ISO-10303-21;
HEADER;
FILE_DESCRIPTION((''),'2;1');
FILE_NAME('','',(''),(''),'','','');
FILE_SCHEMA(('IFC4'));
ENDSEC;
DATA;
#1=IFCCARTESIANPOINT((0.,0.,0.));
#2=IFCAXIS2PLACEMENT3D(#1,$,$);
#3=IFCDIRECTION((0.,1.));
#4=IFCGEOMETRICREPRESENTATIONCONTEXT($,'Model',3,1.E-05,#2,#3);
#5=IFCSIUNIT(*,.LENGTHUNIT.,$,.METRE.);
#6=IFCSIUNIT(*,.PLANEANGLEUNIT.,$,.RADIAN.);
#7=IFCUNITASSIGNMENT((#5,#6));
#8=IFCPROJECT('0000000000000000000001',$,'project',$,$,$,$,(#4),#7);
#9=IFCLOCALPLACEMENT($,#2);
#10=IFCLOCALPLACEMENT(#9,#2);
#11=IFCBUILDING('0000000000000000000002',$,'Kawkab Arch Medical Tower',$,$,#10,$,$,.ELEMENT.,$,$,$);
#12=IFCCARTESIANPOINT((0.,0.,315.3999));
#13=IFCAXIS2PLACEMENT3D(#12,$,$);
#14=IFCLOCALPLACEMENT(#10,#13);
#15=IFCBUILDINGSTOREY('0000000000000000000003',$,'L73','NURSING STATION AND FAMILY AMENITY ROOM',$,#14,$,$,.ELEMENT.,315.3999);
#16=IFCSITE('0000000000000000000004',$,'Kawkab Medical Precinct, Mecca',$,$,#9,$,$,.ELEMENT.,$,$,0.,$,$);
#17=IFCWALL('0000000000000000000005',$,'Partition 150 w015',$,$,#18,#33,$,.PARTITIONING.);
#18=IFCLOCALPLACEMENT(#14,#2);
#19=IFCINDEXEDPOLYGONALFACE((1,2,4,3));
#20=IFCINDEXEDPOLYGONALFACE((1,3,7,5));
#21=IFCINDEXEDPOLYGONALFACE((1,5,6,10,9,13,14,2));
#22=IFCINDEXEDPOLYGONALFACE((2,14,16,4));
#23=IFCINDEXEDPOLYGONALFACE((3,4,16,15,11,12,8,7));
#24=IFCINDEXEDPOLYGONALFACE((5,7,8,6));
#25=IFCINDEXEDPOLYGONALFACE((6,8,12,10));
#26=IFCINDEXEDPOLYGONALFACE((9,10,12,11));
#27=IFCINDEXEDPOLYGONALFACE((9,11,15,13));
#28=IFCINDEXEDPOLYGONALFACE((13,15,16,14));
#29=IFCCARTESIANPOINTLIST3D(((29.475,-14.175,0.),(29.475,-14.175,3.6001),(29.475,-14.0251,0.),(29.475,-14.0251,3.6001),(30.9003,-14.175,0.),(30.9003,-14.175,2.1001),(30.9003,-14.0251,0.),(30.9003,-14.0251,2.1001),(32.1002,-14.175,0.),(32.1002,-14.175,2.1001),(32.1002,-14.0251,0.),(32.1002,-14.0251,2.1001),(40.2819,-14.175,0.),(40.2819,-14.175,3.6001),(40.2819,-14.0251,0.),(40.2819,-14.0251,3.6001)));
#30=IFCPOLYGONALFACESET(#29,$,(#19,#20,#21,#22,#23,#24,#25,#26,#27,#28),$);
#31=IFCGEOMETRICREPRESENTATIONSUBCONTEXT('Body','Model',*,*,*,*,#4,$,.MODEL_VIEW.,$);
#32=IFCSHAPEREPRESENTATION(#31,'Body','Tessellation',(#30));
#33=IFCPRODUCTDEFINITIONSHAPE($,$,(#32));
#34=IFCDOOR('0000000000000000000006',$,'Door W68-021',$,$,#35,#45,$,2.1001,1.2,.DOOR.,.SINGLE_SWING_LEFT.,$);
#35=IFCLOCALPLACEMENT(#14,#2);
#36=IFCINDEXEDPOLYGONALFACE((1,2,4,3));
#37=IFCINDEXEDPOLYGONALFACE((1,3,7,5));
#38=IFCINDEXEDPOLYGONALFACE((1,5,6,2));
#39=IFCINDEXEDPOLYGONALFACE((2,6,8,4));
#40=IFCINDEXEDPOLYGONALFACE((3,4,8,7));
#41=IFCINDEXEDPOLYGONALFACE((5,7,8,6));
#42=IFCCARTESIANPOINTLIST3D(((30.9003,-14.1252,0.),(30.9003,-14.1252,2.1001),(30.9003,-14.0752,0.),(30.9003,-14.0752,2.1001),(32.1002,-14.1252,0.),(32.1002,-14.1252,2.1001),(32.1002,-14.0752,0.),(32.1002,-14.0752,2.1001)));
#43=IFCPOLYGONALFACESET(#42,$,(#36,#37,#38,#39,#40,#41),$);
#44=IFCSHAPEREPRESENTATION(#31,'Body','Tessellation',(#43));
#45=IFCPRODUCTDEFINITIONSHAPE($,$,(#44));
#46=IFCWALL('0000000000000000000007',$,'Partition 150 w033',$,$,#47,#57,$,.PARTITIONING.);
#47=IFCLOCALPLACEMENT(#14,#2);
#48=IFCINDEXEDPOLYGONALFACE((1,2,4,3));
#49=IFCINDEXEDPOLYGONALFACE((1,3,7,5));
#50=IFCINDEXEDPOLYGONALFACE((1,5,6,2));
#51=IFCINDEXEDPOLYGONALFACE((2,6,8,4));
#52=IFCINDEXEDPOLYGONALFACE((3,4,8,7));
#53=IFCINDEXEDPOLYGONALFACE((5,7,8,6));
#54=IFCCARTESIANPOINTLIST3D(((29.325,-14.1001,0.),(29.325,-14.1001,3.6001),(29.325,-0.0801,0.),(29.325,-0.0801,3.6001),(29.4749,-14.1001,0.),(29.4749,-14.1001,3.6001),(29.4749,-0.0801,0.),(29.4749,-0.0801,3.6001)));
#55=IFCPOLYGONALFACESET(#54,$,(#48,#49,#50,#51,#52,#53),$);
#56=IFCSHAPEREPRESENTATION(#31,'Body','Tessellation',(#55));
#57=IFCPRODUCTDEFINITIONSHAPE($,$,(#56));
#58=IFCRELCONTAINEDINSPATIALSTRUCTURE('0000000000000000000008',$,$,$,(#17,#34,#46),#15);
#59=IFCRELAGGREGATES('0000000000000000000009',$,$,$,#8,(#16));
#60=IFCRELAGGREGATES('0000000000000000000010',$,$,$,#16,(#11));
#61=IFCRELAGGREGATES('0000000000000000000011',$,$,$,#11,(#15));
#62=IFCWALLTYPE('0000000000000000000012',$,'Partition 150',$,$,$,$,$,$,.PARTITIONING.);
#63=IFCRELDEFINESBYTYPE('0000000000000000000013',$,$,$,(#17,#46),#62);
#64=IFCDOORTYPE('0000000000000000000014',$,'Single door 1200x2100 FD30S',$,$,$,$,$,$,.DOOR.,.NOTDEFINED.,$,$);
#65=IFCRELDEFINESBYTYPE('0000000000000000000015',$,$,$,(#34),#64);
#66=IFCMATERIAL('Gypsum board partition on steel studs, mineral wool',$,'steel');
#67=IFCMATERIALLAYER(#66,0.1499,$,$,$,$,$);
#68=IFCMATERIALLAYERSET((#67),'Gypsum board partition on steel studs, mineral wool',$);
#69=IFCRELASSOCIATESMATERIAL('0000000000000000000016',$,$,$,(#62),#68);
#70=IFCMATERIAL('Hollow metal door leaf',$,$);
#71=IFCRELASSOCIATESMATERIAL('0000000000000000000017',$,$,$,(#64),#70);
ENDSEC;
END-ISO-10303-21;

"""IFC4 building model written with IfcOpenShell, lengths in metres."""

from ifc_helpers import new_model, si_unit, direction, frame, frame_2d, origin, place, context, subcontext, project, spatial, rectangle, extrude, material, layer, layer_set, type_object, element, fill, save


model = new_model("IFC4")

# Units and contexts
model_context = context("Model", 3, precision=1e-05, world=origin(), true_north=direction((0.0, 1.0)))
body_context = subcontext(model_context, "Body", "Model", "MODEL_VIEW")
ifc_project = project(units=[si_unit("LENGTHUNIT", "METRE"), si_unit("PLANEANGLEUNIT", "RADIAN")], contexts=[model_context])

# Site, building, storey
site_placement = place(None, origin())
site = spatial("IfcSite", under=ifc_project, at=site_placement, Name="Kawkab Medical Precinct, Mecca", CompositionType="ELEMENT", RefElevation=0.0)
building_placement = place(site_placement, origin())
building = spatial("IfcBuilding", under=site, at=building_placement, Name="Kawkab Arch Medical Tower", CompositionType="ELEMENT")
storey_placement = place(building_placement, frame((0.0, 0.0, 315.3999)))
storey = spatial("IfcBuildingStorey", under=building, at=storey_placement, Name="L73", Description="NURSING STATION AND FAMILY AMENITY ROOM", CompositionType="ELEMENT", Elevation=315.3999)

# Shared definitions
ifc_material_1 = material(Name="Gypsum board partition on steel studs, mineral wool", Category="steel")
ifc_layer_1 = layer(ifc_material_1, 0.1499)
ifc_layer_set_1 = layer_set([ifc_layer_1], Name="Gypsum board partition on steel studs, mineral wool")
wall_type_1 = type_object("IfcWallType", Name="Partition 150", PredefinedType="PARTITIONING", material=ifc_layer_set_1)
ifc_material_2 = material(Name="Hollow metal door leaf")
door_type_1 = type_object("IfcDoorType", Name="Single door 1200x2100 FD30S", OperationType="NOTDEFINED", PredefinedType="DOOR", material=ifc_material_2)

# Wall, opening, door
wall_1_placement = place(storey_placement, frame((29.4751, -14.1001, 0.0), z_axis=(0.0, 0.0, 1.0), x_axis=(1.0, 0.0, 0.0)))
wall_1 = element("IfcWall", 1, at=wall_1_placement, inside=storey, type_object=wall_type_1, Name="Partition 150 w015", PredefinedType="PARTITIONING", context=body_context, shape_type="SweptSolid", body=[
    extrude(rectangle(XDim=10.8069, YDim=0.1499, at=frame_2d((5.4033, 0.0))), origin(), (0.0, 0.0, 1.0), 3.6001),
])
opening_1_placement = place(wall_1_placement, frame((1.425, 0.0, 0.0)))
opening_1 = element("IfcOpeningElement", 2, at=opening_1_placement, cuts=wall_1, PredefinedType="OPENING", context=body_context, shape_type="SweptSolid", body=[
    extrude(rectangle(XDim=1.2, YDim=2.1001, at=frame_2d((0.6001, 1.05))), frame((0.0, 0.085, 0.0), z_axis=(0.0, -1.0, 0.0), x_axis=(1.0, 0.0, 0.0)), (0.0, 0.0, 1.0), 0.1699),
])
door_1_placement = place(opening_1_placement, origin())
door_1 = element("IfcDoor", 3, at=door_1_placement, inside=storey, type_object=door_type_1, Name="Door W68-021", OperationType="SINGLE_SWING_LEFT", OverallHeight=2.1001, OverallWidth=1.2, PredefinedType="DOOR", context=body_context, shape_type="SweptSolid", body=[
    extrude(rectangle(XDim=1.2, YDim=2.1001, at=frame_2d((0.6001, 1.05))), frame((0.0, 0.0249, 0.0), z_axis=(0.0, -1.0, 0.0), x_axis=(1.0, 0.0, 0.0)), (0.0, 0.0, 1.0), 0.05),
])
fill(opening_1, door_1)

# Wall
wall_2_placement = place(storey_placement, frame((29.3999, -14.1001, 0.0), z_axis=(0.0, 0.0, 1.0), x_axis=(0.0, 1.0, 0.0)))
element("IfcWall", 4, at=wall_2_placement, inside=storey, type_object=wall_type_1, Name="Partition 150 w033", PredefinedType="PARTITIONING", context=body_context, shape_type="SweptSolid", body=[
    extrude(rectangle(XDim=14.02, YDim=0.1499, at=frame_2d((7.01, 0.0))), origin(), (0.0, 0.0, 1.0), 3.6001),
])

save(model, "model.ifc")
